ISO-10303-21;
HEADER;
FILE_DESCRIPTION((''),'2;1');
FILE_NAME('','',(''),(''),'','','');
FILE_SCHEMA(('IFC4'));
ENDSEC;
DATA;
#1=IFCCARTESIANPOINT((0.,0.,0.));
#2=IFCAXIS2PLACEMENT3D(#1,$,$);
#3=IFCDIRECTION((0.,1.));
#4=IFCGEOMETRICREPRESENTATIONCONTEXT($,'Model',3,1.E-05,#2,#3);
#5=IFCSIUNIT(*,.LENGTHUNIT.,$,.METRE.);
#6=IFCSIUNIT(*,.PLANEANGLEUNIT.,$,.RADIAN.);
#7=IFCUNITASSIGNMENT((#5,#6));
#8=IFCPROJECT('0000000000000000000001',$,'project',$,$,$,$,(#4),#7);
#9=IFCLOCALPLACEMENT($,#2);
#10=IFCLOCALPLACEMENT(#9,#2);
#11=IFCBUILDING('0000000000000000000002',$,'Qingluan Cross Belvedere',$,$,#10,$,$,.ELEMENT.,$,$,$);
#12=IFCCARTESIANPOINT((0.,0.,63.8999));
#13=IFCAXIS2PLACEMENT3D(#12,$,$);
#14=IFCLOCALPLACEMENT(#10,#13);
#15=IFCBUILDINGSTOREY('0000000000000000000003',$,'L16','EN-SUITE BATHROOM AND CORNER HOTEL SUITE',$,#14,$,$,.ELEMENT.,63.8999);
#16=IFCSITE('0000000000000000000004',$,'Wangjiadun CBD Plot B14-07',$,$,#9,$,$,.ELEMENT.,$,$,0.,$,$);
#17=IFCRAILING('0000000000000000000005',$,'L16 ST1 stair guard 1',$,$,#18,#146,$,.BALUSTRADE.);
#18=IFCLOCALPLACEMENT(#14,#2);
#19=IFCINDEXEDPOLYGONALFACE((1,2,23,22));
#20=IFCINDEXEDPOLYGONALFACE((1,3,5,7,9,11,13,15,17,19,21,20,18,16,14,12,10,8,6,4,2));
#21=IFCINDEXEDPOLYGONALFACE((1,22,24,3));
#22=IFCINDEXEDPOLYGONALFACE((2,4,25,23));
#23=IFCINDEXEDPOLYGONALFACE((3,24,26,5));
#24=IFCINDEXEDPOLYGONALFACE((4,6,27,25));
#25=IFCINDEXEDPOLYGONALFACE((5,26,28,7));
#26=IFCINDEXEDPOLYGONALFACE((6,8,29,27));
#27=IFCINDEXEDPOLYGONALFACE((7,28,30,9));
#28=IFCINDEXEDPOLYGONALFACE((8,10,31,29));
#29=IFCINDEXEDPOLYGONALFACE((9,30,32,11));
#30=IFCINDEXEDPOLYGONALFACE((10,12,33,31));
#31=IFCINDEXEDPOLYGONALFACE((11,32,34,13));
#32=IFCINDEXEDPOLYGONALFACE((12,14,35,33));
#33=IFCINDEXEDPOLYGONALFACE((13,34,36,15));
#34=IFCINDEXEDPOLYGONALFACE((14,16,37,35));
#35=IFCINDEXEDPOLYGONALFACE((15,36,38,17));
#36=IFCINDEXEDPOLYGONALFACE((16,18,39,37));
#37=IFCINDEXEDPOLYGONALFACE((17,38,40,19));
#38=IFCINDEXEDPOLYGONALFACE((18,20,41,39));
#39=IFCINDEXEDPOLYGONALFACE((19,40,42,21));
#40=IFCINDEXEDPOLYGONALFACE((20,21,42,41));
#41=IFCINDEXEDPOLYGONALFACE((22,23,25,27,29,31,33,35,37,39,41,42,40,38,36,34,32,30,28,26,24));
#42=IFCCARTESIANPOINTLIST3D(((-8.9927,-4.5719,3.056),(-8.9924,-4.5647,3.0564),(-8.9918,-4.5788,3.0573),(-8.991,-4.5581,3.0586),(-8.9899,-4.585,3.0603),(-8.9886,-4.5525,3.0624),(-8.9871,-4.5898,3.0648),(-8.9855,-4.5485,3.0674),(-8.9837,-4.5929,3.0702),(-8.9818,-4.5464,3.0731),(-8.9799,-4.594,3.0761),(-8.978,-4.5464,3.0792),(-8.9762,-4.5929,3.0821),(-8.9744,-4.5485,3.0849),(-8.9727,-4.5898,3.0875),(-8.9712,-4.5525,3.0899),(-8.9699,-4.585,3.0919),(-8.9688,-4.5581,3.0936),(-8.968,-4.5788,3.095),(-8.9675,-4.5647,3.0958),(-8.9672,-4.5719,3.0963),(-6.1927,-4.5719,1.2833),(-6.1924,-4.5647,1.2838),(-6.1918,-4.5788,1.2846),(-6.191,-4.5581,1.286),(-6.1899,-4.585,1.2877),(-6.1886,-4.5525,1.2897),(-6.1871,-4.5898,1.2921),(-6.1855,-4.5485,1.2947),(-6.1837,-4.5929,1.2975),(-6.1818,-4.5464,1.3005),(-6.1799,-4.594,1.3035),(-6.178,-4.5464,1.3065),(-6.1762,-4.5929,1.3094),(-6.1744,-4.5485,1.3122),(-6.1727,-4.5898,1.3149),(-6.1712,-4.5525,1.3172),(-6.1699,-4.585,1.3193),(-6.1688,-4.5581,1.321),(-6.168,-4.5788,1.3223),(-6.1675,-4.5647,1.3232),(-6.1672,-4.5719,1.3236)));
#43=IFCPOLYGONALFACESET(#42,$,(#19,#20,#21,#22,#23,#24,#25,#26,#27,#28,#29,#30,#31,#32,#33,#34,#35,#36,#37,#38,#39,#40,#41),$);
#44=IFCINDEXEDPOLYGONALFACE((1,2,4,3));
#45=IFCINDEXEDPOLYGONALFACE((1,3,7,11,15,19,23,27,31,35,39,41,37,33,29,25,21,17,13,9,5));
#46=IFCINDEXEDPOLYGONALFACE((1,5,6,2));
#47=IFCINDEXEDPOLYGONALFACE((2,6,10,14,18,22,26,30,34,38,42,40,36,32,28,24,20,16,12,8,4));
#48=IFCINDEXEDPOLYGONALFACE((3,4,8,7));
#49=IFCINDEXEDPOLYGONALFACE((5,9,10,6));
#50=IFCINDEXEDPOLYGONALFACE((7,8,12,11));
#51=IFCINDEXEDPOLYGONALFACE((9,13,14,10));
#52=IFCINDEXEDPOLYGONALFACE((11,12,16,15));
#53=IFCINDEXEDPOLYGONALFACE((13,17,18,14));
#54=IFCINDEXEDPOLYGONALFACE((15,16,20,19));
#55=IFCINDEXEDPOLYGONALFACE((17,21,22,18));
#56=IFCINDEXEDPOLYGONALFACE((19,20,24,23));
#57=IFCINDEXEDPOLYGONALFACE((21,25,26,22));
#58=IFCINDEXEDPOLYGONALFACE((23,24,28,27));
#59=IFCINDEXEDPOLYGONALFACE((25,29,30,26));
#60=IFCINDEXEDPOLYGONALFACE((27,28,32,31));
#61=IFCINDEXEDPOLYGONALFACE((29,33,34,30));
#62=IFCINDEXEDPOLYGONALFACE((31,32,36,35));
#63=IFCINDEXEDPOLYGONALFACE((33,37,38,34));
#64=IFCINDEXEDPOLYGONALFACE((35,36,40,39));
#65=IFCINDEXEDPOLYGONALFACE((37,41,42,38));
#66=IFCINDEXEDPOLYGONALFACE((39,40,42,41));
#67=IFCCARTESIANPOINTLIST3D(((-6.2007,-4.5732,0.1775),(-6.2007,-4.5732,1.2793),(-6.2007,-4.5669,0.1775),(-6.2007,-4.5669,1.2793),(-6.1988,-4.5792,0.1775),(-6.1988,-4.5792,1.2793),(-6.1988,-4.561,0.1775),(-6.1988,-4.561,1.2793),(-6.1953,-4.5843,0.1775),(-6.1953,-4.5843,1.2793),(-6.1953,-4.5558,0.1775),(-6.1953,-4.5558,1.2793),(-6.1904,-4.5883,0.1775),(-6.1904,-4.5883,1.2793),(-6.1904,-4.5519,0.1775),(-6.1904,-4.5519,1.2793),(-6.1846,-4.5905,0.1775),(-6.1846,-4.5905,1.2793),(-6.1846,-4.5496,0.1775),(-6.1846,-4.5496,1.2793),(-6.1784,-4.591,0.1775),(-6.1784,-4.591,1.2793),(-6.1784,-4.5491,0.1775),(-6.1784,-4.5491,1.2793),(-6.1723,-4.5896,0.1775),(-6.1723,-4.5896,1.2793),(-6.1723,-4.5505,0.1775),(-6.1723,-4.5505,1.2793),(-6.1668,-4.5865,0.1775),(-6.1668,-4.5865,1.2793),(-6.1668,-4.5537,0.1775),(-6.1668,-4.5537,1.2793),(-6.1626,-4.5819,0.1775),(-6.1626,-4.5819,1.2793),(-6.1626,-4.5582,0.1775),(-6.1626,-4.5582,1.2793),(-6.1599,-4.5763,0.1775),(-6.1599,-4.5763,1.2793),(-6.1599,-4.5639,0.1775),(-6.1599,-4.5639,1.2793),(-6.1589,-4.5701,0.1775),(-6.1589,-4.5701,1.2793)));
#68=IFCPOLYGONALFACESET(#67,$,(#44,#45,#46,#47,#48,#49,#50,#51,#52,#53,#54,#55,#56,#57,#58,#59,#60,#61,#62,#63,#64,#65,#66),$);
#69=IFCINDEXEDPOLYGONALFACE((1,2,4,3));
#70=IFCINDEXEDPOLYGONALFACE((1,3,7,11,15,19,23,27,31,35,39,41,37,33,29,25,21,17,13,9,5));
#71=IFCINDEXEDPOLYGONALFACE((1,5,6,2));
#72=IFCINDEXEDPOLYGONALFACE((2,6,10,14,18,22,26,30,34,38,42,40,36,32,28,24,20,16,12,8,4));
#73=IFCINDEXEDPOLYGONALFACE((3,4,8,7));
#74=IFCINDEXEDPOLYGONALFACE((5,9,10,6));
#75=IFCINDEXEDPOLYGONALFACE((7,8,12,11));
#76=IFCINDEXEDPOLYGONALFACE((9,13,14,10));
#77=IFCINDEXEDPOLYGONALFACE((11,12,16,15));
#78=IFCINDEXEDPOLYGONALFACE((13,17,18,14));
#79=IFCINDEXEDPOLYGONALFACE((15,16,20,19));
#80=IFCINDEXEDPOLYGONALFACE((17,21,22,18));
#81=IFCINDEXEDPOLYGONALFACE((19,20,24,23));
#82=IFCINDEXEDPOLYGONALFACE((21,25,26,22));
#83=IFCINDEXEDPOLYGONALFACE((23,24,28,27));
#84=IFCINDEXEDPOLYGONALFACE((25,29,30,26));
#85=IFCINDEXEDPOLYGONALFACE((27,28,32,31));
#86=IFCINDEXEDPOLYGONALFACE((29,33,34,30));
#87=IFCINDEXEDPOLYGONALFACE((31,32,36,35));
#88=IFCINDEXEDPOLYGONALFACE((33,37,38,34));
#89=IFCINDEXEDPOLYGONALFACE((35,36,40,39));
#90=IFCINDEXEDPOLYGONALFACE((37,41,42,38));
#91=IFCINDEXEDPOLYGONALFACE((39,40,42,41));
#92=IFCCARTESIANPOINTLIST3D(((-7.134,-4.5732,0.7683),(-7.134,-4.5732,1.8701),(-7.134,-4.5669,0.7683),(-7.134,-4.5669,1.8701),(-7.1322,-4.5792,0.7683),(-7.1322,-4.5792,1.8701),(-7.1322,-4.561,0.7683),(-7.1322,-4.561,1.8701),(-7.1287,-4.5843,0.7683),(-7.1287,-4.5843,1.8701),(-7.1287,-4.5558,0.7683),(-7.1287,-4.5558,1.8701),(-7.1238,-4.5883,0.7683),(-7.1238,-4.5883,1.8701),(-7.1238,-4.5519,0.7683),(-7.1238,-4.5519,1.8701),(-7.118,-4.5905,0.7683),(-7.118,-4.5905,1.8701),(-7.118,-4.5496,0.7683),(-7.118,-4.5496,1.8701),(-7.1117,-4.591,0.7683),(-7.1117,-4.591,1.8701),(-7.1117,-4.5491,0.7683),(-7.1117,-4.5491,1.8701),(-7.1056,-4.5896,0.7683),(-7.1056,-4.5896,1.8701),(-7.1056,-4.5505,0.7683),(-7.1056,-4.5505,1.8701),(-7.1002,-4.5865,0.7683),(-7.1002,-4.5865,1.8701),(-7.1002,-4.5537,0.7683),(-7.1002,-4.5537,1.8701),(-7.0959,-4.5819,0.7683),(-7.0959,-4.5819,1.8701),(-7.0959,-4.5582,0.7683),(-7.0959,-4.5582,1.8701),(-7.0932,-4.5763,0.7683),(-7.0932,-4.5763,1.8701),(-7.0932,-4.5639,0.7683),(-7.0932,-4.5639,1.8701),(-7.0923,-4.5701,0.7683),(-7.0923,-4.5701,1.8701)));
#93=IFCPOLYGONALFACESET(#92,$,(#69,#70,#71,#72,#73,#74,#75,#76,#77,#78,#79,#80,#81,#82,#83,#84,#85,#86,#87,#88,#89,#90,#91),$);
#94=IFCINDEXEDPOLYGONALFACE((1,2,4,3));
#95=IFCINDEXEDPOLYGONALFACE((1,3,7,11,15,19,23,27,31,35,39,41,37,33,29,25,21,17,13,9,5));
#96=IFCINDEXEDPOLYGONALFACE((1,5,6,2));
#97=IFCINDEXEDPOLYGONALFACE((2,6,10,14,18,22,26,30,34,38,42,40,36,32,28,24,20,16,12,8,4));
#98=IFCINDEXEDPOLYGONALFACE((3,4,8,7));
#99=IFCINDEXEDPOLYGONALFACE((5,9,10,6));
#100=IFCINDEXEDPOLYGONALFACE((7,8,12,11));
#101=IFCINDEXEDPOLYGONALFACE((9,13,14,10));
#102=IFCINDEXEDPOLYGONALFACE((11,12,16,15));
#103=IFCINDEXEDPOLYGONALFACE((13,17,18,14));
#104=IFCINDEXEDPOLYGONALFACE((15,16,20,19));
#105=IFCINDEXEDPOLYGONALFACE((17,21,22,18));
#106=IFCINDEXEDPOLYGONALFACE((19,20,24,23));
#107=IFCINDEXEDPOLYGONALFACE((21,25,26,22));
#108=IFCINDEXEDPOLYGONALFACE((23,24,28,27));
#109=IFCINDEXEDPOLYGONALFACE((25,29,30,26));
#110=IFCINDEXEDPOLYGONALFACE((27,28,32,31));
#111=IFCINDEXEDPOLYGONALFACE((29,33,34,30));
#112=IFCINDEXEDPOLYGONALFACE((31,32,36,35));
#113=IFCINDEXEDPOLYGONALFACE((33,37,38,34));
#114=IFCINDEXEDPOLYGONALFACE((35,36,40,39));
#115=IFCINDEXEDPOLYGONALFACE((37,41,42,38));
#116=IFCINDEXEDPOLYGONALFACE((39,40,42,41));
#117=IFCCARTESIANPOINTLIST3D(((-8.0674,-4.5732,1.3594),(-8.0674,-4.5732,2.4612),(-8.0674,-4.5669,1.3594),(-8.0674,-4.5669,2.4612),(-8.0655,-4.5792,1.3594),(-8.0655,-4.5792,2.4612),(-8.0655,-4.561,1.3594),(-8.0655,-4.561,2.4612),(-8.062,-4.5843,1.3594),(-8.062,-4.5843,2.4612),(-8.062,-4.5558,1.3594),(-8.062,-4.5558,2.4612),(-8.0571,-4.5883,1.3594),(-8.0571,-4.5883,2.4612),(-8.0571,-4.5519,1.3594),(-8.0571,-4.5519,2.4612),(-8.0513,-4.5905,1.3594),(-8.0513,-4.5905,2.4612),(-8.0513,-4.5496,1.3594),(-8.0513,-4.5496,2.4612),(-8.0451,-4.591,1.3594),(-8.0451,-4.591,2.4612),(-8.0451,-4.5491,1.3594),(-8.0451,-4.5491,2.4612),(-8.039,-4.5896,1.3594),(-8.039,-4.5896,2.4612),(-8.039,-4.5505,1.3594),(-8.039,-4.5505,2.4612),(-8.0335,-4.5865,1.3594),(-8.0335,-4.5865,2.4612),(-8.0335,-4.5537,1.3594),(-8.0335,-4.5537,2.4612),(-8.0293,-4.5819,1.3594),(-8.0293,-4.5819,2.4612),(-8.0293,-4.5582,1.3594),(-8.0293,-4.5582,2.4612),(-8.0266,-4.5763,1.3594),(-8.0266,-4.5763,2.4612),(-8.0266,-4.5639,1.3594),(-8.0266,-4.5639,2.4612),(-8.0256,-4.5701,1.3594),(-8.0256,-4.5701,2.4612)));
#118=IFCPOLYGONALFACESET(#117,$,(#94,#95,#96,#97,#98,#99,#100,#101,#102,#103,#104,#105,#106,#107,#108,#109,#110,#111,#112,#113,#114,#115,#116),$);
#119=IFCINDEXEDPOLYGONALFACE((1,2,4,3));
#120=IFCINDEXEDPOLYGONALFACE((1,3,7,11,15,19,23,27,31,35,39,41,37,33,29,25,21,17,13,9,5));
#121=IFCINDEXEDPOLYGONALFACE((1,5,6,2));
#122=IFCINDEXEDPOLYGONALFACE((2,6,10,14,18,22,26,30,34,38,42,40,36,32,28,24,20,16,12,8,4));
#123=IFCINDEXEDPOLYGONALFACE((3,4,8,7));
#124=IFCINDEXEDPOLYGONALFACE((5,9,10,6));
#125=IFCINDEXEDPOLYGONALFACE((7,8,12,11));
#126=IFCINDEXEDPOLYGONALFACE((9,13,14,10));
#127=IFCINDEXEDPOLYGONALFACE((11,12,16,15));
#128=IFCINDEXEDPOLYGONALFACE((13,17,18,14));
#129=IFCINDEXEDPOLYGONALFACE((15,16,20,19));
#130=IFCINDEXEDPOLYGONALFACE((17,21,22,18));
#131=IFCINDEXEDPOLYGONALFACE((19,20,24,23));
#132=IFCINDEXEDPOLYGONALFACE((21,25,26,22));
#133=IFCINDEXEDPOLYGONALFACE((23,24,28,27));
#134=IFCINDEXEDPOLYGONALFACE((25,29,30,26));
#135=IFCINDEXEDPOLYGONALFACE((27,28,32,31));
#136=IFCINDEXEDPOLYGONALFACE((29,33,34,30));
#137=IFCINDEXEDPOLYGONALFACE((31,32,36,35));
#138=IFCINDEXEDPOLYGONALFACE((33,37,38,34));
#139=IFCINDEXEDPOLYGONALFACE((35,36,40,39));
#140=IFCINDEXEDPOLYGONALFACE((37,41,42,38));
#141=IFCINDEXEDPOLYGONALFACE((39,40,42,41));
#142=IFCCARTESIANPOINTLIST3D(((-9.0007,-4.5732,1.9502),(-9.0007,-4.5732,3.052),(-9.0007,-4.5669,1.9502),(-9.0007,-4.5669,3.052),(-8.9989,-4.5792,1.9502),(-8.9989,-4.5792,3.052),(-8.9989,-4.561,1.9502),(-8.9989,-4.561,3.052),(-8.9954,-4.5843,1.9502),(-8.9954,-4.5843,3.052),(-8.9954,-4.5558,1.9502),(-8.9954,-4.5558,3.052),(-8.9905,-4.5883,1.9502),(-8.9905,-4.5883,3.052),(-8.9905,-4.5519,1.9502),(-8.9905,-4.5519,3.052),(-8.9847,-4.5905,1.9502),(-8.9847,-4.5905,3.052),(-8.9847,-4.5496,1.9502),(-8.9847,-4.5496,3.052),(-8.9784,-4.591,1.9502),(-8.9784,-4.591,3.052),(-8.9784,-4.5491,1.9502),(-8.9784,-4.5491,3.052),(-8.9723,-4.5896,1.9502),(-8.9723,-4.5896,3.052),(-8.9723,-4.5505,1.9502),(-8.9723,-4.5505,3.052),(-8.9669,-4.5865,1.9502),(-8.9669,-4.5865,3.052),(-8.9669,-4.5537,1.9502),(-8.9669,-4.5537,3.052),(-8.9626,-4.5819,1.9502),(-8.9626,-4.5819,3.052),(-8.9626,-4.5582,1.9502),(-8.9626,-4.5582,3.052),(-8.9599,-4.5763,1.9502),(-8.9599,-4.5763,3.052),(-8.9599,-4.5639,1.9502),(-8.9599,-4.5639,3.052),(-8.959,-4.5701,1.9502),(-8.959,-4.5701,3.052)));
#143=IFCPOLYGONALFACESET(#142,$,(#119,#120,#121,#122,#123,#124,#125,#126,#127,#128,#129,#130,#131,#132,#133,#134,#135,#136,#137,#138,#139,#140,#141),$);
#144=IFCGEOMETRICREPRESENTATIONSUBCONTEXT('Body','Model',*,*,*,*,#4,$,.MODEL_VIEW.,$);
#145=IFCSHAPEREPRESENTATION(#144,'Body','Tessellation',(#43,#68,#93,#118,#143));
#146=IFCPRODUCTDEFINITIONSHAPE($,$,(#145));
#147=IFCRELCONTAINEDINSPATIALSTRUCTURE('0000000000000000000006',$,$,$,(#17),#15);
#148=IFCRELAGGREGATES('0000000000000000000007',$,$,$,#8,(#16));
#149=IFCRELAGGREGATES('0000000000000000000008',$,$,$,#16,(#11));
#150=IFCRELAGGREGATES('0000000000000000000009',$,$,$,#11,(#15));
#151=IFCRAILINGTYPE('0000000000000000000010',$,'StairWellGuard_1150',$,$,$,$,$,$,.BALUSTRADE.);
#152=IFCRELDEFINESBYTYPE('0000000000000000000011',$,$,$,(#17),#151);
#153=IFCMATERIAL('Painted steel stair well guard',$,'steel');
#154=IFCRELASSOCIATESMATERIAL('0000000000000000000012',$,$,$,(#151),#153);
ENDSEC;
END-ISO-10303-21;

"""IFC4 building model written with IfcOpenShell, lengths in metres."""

from ifc_helpers import new_model, si_unit, direction, frame, origin, origin_2d, place, context, subcontext, project, spatial, circle, extrude, material, type_object, element, save


model = new_model("IFC4")

# Units and contexts
model_context = context("Model", 3, precision=1e-05, world=origin(), true_north=direction((0.0, 1.0)))
body_context = subcontext(model_context, "Body", "Model", "MODEL_VIEW")
ifc_project = project(units=[si_unit("LENGTHUNIT", "METRE"), si_unit("PLANEANGLEUNIT", "RADIAN")], contexts=[model_context])

# Site, building, storey
site_placement = place(None, origin())
site = spatial("IfcSite", under=ifc_project, at=site_placement, Name="Wangjiadun CBD Plot B14-07", CompositionType="ELEMENT", RefElevation=0.0)
building_placement = place(site_placement, origin())
building = spatial("IfcBuilding", under=site, at=building_placement, Name="Qingluan Cross Belvedere", CompositionType="ELEMENT")
storey_placement = place(building_placement, frame((0.0, 0.0, 63.8999)))
storey = spatial("IfcBuildingStorey", under=building, at=storey_placement, Name="L16", Description="EN-SUITE BATHROOM AND CORNER HOTEL SUITE", CompositionType="ELEMENT", Elevation=63.8999)

# Railing
ifc_material_1 = material(Name="Painted steel stair well guard", Category="steel")
railing_type_1 = type_object("IfcRailingType", Name="StairWellGuard_1150", PredefinedType="BALUSTRADE", material=ifc_material_1)
railing_1_placement = place(storey_placement, frame((-6.1799, -4.5701, 0.1775)))
element("IfcRailing", 1, at=railing_1_placement, inside=storey, type_object=railing_type_1, Name="L16 ST1 stair guard 1", PredefinedType="BALUSTRADE", context=body_context, shape_type="SweptSolid", body=[
    extrude(circle(Radius=0.0239, at=origin_2d()), frame((0.0, 0.0, 1.126), z_axis=(-0.844909, 0.0, 0.53491), x_axis=(0.0, -1.0, 0.0)), (0.0, 0.0, 1.0), 3.314),
    extrude(circle(Radius=0.021, at=origin_2d()), origin(), (0.0, 0.0, 1.0), 1.1018),
    extrude(circle(Radius=0.021, at=origin_2d()), frame((-0.9333, 0.0, 0.5908)), (0.0, 0.0, 1.0), 1.1018),
    extrude(circle(Radius=0.021, at=origin_2d()), frame((-1.8667, 0.0, 1.1819)), (0.0, 0.0, 1.0), 1.1018),
    extrude(circle(Radius=0.021, at=origin_2d()), frame((-2.8, 0.0, 1.7727)), (0.0, 0.0, 1.0), 1.1018),
])

save(model, "model.ifc")
